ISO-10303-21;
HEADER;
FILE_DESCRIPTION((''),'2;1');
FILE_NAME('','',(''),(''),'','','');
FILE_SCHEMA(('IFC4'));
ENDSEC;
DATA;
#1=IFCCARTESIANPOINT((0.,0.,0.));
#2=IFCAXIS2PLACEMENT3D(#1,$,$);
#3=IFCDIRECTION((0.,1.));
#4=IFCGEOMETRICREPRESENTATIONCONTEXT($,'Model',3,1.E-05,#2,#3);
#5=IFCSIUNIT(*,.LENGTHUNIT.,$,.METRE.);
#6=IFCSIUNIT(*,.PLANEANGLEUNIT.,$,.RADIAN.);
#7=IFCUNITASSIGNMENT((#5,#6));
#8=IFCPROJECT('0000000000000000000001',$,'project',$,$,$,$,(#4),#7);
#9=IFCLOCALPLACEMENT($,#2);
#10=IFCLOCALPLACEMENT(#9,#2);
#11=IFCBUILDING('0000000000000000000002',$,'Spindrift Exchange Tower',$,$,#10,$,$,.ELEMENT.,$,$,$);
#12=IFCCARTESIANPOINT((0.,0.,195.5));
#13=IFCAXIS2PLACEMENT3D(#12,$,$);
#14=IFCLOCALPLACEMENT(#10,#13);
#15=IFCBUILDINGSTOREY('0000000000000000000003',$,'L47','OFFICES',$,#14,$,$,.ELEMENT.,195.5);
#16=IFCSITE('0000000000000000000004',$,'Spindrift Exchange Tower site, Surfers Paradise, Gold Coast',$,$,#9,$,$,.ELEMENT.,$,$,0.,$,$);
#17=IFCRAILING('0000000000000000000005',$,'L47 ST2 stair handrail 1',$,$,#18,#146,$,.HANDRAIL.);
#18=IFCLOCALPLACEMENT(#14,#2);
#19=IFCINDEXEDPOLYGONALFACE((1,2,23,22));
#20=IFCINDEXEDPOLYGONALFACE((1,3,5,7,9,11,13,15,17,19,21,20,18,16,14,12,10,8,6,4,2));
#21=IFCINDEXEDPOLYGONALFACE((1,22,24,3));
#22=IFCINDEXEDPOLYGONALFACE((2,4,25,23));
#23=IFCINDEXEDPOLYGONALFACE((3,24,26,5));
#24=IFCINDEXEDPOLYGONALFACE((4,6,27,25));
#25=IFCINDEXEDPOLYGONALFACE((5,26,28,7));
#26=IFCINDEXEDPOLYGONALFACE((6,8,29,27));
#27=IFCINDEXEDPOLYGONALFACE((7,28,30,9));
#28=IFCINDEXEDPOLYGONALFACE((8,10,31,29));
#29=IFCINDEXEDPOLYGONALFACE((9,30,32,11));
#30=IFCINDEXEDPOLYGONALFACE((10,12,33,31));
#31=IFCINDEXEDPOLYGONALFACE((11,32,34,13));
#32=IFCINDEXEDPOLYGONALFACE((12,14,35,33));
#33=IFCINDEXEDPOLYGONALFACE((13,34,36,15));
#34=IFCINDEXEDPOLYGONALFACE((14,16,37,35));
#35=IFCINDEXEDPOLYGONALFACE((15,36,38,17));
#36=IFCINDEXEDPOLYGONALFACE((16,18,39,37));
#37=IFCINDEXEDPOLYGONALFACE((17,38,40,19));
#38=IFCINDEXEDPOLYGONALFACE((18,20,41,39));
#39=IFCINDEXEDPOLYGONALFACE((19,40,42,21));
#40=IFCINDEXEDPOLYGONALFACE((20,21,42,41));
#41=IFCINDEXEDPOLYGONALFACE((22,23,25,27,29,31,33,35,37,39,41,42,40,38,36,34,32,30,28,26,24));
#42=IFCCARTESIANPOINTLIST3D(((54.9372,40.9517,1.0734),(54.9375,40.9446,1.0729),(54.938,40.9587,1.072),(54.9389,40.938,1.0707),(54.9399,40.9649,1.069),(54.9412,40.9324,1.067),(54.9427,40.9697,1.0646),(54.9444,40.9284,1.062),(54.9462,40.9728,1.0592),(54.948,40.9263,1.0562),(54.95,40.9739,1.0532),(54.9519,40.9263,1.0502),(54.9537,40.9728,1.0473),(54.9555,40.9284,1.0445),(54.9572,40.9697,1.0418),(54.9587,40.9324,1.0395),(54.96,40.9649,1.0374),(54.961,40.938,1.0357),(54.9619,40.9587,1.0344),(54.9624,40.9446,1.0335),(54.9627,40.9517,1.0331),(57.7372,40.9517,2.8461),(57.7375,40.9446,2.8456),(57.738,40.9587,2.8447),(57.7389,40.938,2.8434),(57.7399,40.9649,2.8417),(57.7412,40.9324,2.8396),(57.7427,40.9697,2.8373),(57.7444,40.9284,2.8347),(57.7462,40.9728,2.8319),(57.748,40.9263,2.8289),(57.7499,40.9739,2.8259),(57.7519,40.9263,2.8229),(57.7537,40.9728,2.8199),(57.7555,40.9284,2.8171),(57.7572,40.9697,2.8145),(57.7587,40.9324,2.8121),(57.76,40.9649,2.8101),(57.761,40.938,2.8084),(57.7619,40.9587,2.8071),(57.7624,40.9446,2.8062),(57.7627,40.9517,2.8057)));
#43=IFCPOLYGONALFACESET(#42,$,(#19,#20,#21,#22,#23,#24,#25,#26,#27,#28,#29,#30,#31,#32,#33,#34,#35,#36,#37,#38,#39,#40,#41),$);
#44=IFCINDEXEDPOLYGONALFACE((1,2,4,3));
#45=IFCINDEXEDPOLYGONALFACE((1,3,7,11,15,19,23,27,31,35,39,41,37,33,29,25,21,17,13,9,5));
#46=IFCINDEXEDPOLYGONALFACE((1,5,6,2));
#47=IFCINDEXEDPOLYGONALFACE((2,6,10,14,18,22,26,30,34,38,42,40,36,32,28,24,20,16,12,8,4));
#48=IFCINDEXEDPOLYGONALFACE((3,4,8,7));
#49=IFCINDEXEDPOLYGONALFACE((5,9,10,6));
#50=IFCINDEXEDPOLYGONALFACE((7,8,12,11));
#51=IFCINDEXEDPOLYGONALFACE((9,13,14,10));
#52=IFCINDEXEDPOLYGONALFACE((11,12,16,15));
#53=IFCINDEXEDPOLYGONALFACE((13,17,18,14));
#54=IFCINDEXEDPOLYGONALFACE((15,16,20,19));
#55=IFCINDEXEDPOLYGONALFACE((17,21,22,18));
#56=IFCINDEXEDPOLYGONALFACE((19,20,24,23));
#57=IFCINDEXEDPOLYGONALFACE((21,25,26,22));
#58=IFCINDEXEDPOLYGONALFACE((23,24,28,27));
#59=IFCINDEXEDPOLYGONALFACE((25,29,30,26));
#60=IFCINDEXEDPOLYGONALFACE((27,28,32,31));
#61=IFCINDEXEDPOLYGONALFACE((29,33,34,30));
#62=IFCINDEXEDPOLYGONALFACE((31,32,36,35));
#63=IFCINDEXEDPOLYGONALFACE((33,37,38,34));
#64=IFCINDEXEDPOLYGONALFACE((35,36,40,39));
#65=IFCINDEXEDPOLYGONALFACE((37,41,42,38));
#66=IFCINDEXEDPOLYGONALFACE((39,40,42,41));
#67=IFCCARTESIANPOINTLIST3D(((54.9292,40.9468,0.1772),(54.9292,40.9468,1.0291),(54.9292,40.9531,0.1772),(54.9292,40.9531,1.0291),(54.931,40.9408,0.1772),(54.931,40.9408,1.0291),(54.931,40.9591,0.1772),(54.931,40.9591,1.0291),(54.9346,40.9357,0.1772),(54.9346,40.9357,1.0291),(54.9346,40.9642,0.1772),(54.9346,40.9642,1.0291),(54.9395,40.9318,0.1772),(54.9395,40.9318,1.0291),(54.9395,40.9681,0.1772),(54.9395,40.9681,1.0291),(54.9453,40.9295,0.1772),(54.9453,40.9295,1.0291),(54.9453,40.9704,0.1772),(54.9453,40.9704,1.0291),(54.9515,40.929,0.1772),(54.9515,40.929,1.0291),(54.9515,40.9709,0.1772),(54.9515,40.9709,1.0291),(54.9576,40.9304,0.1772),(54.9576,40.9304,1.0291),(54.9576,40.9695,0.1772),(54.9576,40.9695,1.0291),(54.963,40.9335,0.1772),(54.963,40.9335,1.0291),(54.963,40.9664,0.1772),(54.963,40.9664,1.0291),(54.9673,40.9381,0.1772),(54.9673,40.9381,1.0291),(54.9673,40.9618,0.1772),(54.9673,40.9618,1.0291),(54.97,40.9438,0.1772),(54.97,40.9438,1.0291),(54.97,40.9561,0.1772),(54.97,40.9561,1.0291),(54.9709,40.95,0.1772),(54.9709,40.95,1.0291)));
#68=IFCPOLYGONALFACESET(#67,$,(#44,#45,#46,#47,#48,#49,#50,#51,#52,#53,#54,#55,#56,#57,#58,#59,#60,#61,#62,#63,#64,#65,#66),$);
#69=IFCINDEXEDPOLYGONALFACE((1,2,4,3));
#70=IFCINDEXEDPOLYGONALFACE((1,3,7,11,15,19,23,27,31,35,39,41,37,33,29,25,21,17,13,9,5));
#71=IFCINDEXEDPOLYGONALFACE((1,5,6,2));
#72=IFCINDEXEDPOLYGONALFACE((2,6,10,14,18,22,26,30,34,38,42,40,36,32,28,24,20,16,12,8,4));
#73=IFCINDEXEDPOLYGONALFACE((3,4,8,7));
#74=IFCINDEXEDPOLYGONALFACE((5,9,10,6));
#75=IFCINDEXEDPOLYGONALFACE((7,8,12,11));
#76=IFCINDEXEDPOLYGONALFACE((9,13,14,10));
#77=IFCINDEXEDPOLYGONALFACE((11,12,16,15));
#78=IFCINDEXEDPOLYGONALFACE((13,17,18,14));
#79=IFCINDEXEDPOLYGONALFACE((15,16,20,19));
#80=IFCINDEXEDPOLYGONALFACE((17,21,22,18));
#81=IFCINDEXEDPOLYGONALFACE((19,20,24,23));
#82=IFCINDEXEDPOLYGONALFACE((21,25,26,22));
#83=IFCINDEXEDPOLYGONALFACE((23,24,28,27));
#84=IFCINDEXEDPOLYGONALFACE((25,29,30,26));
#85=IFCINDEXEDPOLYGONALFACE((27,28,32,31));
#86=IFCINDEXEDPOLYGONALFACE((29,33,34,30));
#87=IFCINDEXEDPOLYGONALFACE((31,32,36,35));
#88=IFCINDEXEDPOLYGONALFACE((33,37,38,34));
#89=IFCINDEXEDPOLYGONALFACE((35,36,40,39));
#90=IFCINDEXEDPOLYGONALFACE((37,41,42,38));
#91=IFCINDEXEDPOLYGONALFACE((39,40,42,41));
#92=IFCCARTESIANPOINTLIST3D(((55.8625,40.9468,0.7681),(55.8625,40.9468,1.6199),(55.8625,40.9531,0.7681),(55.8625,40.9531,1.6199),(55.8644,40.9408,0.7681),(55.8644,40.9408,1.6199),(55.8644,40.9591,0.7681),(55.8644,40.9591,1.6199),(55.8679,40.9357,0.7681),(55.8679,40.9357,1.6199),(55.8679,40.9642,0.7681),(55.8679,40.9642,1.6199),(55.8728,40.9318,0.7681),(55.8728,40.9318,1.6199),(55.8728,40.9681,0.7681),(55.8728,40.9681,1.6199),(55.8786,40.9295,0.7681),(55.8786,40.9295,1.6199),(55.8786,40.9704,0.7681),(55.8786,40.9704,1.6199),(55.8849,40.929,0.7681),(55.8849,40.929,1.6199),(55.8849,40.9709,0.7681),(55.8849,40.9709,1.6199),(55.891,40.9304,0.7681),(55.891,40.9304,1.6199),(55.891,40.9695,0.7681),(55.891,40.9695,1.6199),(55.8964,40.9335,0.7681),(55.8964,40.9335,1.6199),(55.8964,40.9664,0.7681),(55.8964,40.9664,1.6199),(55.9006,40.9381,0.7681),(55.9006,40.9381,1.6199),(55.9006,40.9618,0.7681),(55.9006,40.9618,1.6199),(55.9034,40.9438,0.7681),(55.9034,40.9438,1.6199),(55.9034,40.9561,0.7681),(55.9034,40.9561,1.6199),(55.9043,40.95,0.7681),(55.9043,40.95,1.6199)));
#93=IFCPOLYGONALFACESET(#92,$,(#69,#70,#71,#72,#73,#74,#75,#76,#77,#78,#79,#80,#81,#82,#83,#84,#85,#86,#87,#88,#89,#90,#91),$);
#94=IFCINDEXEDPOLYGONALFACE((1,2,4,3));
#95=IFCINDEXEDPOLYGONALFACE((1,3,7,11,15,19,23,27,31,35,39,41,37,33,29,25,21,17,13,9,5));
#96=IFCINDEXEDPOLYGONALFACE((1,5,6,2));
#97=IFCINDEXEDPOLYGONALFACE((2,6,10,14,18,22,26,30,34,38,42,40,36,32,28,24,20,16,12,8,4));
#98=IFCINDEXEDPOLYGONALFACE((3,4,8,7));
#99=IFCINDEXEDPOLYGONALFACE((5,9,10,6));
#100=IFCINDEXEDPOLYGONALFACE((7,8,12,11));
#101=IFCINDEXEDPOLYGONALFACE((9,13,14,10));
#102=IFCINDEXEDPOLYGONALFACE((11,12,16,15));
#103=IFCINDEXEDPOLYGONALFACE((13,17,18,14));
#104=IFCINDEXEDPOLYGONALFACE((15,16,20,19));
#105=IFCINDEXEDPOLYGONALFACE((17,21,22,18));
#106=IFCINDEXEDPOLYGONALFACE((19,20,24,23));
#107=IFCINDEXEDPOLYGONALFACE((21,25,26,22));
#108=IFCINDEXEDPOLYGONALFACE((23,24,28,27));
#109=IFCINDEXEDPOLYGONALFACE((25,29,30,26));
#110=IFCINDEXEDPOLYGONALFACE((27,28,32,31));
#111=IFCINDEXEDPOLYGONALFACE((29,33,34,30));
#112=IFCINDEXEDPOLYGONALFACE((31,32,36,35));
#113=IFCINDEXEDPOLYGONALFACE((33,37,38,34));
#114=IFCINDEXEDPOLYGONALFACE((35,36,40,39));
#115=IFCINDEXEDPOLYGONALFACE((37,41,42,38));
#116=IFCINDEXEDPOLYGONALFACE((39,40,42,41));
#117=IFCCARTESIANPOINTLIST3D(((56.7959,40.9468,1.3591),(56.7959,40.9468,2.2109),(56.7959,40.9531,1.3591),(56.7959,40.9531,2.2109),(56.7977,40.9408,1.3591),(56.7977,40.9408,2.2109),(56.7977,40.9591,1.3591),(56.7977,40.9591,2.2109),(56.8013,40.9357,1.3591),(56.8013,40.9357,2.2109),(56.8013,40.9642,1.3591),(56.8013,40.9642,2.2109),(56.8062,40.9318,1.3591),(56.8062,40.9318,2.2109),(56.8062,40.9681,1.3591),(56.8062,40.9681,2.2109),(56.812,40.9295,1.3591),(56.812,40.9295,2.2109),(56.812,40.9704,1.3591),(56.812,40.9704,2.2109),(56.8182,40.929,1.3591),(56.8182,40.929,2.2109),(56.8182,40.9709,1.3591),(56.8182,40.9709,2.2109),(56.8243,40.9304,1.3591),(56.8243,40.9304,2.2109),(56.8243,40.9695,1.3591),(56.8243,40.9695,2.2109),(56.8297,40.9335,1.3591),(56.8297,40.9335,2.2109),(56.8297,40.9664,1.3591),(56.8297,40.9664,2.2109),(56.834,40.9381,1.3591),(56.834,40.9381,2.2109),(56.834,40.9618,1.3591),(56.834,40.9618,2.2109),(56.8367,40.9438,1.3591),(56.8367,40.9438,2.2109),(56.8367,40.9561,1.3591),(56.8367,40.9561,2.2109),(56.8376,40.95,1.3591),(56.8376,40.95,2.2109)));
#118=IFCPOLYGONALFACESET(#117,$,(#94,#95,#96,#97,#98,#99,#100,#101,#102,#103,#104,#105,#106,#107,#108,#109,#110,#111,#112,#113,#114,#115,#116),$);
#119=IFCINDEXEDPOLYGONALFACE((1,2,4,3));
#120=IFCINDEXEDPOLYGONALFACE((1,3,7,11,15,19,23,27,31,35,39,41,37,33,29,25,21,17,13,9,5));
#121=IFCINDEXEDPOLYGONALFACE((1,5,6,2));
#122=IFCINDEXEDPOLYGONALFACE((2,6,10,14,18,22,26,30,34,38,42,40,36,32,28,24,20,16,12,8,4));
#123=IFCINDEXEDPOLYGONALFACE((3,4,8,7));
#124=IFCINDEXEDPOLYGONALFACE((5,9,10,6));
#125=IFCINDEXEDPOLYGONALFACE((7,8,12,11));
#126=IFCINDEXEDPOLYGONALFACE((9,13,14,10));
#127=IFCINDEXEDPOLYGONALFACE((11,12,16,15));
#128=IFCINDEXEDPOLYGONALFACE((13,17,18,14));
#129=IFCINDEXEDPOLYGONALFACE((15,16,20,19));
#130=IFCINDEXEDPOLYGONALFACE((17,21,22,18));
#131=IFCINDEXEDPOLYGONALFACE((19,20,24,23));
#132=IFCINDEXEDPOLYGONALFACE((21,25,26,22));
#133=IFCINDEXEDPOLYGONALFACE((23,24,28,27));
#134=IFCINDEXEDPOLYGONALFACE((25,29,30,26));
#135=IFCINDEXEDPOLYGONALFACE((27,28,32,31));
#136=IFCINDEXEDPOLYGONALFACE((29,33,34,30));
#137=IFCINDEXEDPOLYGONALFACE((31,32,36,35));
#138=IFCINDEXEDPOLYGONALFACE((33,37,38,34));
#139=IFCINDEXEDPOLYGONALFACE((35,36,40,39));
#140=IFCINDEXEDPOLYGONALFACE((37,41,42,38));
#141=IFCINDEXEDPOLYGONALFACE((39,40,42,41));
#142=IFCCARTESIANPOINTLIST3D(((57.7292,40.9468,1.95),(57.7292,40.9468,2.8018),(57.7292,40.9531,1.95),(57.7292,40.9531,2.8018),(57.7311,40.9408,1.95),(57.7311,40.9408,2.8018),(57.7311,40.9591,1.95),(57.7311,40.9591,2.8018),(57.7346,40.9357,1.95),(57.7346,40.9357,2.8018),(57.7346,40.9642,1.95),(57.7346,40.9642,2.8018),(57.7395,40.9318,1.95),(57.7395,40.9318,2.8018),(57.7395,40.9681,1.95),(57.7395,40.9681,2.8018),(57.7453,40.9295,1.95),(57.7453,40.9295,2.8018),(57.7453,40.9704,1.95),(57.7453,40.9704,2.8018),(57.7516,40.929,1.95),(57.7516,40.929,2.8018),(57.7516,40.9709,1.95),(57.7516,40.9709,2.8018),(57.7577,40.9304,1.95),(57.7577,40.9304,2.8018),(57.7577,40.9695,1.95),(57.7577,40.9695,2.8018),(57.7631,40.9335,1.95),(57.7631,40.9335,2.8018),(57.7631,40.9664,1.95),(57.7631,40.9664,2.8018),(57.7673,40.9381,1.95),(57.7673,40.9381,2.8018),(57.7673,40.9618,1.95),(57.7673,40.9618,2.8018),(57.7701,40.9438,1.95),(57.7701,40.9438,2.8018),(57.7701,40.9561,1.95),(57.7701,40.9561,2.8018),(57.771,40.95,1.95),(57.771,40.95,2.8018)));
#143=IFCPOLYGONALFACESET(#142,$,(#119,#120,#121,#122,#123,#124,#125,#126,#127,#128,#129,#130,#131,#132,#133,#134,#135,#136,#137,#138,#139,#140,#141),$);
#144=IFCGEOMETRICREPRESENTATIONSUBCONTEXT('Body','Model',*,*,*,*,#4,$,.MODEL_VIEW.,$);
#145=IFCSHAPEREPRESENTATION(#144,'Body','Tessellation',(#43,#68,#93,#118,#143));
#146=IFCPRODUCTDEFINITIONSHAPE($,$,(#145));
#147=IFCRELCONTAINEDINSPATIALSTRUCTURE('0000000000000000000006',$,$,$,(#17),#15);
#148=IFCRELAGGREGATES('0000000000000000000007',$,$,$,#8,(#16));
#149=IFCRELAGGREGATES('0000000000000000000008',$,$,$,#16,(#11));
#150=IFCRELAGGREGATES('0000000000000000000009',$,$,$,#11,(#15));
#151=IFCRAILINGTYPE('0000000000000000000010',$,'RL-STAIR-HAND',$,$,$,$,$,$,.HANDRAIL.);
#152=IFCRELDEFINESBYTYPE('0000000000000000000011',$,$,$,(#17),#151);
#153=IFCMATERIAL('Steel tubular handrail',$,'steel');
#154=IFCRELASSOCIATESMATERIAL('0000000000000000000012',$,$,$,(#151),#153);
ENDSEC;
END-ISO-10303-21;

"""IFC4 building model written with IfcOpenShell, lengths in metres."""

from ifc_helpers import new_model, si_unit, direction, frame, origin, origin_2d, place, context, subcontext, project, spatial, circle, extrude, material, type_object, element, save


model = new_model("IFC4")

# Units and contexts
model_context = context("Model", 3, precision=1e-05, world=origin(), true_north=direction((0.0, 1.0)))
body_context = subcontext(model_context, "Body", "Model", "MODEL_VIEW")
ifc_project = project(units=[si_unit("LENGTHUNIT", "METRE"), si_unit("PLANEANGLEUNIT", "RADIAN")], contexts=[model_context])

# Site, building, storey
site_placement = place(None, origin())
site = spatial("IfcSite", under=ifc_project, at=site_placement, Name="Spindrift Exchange Tower site, Surfers Paradise, Gold Coast", CompositionType="ELEMENT", RefElevation=0.0)
building_placement = place(site_placement, origin())
building = spatial("IfcBuilding", under=site, at=building_placement, Name="Spindrift Exchange Tower", CompositionType="ELEMENT")
storey_placement = place(building_placement, frame((0.0, 0.0, 195.5)))
storey = spatial("IfcBuildingStorey", under=building, at=storey_placement, Name="L47", Description="OFFICES", CompositionType="ELEMENT", Elevation=195.5)

# Railing
ifc_material_1 = material(Name="Steel tubular handrail", Category="steel")
railing_type_1 = type_object("IfcRailingType", Name="RL-STAIR-HAND", PredefinedType="HANDRAIL", material=ifc_material_1)
railing_1_placement = place(storey_placement, frame((54.95, 40.95, 0.1772)))
element("IfcRailing", 1, at=railing_1_placement, inside=storey, type_object=railing_type_1, Name="L47 ST2 stair handrail 1", PredefinedType="HANDRAIL", context=body_context, shape_type="SweptSolid", body=[
    extrude(circle(Radius=0.0239, at=origin_2d()), frame((0.0, 0.0, 0.876), z_axis=(0.844909, 0.0, 0.53491), x_axis=(0.0, 1.0, 0.0)), (0.0, 0.0, 1.0), 3.314),
    extrude(circle(Radius=0.021, at=origin_2d()), origin(), (0.0, 0.0, 1.0), 0.8518),
    extrude(circle(Radius=0.021, at=origin_2d()), frame((0.9333, 0.0, 0.5908)), (0.0, 0.0, 1.0), 0.8518),
    extrude(circle(Radius=0.021, at=origin_2d()), frame((1.8667, 0.0, 1.1819)), (0.0, 0.0, 1.0), 0.8518),
    extrude(circle(Radius=0.021, at=origin_2d()), frame((2.8, 0.0, 1.7727)), (0.0, 0.0, 1.0), 0.8518),
])

save(model, "model.ifc")
